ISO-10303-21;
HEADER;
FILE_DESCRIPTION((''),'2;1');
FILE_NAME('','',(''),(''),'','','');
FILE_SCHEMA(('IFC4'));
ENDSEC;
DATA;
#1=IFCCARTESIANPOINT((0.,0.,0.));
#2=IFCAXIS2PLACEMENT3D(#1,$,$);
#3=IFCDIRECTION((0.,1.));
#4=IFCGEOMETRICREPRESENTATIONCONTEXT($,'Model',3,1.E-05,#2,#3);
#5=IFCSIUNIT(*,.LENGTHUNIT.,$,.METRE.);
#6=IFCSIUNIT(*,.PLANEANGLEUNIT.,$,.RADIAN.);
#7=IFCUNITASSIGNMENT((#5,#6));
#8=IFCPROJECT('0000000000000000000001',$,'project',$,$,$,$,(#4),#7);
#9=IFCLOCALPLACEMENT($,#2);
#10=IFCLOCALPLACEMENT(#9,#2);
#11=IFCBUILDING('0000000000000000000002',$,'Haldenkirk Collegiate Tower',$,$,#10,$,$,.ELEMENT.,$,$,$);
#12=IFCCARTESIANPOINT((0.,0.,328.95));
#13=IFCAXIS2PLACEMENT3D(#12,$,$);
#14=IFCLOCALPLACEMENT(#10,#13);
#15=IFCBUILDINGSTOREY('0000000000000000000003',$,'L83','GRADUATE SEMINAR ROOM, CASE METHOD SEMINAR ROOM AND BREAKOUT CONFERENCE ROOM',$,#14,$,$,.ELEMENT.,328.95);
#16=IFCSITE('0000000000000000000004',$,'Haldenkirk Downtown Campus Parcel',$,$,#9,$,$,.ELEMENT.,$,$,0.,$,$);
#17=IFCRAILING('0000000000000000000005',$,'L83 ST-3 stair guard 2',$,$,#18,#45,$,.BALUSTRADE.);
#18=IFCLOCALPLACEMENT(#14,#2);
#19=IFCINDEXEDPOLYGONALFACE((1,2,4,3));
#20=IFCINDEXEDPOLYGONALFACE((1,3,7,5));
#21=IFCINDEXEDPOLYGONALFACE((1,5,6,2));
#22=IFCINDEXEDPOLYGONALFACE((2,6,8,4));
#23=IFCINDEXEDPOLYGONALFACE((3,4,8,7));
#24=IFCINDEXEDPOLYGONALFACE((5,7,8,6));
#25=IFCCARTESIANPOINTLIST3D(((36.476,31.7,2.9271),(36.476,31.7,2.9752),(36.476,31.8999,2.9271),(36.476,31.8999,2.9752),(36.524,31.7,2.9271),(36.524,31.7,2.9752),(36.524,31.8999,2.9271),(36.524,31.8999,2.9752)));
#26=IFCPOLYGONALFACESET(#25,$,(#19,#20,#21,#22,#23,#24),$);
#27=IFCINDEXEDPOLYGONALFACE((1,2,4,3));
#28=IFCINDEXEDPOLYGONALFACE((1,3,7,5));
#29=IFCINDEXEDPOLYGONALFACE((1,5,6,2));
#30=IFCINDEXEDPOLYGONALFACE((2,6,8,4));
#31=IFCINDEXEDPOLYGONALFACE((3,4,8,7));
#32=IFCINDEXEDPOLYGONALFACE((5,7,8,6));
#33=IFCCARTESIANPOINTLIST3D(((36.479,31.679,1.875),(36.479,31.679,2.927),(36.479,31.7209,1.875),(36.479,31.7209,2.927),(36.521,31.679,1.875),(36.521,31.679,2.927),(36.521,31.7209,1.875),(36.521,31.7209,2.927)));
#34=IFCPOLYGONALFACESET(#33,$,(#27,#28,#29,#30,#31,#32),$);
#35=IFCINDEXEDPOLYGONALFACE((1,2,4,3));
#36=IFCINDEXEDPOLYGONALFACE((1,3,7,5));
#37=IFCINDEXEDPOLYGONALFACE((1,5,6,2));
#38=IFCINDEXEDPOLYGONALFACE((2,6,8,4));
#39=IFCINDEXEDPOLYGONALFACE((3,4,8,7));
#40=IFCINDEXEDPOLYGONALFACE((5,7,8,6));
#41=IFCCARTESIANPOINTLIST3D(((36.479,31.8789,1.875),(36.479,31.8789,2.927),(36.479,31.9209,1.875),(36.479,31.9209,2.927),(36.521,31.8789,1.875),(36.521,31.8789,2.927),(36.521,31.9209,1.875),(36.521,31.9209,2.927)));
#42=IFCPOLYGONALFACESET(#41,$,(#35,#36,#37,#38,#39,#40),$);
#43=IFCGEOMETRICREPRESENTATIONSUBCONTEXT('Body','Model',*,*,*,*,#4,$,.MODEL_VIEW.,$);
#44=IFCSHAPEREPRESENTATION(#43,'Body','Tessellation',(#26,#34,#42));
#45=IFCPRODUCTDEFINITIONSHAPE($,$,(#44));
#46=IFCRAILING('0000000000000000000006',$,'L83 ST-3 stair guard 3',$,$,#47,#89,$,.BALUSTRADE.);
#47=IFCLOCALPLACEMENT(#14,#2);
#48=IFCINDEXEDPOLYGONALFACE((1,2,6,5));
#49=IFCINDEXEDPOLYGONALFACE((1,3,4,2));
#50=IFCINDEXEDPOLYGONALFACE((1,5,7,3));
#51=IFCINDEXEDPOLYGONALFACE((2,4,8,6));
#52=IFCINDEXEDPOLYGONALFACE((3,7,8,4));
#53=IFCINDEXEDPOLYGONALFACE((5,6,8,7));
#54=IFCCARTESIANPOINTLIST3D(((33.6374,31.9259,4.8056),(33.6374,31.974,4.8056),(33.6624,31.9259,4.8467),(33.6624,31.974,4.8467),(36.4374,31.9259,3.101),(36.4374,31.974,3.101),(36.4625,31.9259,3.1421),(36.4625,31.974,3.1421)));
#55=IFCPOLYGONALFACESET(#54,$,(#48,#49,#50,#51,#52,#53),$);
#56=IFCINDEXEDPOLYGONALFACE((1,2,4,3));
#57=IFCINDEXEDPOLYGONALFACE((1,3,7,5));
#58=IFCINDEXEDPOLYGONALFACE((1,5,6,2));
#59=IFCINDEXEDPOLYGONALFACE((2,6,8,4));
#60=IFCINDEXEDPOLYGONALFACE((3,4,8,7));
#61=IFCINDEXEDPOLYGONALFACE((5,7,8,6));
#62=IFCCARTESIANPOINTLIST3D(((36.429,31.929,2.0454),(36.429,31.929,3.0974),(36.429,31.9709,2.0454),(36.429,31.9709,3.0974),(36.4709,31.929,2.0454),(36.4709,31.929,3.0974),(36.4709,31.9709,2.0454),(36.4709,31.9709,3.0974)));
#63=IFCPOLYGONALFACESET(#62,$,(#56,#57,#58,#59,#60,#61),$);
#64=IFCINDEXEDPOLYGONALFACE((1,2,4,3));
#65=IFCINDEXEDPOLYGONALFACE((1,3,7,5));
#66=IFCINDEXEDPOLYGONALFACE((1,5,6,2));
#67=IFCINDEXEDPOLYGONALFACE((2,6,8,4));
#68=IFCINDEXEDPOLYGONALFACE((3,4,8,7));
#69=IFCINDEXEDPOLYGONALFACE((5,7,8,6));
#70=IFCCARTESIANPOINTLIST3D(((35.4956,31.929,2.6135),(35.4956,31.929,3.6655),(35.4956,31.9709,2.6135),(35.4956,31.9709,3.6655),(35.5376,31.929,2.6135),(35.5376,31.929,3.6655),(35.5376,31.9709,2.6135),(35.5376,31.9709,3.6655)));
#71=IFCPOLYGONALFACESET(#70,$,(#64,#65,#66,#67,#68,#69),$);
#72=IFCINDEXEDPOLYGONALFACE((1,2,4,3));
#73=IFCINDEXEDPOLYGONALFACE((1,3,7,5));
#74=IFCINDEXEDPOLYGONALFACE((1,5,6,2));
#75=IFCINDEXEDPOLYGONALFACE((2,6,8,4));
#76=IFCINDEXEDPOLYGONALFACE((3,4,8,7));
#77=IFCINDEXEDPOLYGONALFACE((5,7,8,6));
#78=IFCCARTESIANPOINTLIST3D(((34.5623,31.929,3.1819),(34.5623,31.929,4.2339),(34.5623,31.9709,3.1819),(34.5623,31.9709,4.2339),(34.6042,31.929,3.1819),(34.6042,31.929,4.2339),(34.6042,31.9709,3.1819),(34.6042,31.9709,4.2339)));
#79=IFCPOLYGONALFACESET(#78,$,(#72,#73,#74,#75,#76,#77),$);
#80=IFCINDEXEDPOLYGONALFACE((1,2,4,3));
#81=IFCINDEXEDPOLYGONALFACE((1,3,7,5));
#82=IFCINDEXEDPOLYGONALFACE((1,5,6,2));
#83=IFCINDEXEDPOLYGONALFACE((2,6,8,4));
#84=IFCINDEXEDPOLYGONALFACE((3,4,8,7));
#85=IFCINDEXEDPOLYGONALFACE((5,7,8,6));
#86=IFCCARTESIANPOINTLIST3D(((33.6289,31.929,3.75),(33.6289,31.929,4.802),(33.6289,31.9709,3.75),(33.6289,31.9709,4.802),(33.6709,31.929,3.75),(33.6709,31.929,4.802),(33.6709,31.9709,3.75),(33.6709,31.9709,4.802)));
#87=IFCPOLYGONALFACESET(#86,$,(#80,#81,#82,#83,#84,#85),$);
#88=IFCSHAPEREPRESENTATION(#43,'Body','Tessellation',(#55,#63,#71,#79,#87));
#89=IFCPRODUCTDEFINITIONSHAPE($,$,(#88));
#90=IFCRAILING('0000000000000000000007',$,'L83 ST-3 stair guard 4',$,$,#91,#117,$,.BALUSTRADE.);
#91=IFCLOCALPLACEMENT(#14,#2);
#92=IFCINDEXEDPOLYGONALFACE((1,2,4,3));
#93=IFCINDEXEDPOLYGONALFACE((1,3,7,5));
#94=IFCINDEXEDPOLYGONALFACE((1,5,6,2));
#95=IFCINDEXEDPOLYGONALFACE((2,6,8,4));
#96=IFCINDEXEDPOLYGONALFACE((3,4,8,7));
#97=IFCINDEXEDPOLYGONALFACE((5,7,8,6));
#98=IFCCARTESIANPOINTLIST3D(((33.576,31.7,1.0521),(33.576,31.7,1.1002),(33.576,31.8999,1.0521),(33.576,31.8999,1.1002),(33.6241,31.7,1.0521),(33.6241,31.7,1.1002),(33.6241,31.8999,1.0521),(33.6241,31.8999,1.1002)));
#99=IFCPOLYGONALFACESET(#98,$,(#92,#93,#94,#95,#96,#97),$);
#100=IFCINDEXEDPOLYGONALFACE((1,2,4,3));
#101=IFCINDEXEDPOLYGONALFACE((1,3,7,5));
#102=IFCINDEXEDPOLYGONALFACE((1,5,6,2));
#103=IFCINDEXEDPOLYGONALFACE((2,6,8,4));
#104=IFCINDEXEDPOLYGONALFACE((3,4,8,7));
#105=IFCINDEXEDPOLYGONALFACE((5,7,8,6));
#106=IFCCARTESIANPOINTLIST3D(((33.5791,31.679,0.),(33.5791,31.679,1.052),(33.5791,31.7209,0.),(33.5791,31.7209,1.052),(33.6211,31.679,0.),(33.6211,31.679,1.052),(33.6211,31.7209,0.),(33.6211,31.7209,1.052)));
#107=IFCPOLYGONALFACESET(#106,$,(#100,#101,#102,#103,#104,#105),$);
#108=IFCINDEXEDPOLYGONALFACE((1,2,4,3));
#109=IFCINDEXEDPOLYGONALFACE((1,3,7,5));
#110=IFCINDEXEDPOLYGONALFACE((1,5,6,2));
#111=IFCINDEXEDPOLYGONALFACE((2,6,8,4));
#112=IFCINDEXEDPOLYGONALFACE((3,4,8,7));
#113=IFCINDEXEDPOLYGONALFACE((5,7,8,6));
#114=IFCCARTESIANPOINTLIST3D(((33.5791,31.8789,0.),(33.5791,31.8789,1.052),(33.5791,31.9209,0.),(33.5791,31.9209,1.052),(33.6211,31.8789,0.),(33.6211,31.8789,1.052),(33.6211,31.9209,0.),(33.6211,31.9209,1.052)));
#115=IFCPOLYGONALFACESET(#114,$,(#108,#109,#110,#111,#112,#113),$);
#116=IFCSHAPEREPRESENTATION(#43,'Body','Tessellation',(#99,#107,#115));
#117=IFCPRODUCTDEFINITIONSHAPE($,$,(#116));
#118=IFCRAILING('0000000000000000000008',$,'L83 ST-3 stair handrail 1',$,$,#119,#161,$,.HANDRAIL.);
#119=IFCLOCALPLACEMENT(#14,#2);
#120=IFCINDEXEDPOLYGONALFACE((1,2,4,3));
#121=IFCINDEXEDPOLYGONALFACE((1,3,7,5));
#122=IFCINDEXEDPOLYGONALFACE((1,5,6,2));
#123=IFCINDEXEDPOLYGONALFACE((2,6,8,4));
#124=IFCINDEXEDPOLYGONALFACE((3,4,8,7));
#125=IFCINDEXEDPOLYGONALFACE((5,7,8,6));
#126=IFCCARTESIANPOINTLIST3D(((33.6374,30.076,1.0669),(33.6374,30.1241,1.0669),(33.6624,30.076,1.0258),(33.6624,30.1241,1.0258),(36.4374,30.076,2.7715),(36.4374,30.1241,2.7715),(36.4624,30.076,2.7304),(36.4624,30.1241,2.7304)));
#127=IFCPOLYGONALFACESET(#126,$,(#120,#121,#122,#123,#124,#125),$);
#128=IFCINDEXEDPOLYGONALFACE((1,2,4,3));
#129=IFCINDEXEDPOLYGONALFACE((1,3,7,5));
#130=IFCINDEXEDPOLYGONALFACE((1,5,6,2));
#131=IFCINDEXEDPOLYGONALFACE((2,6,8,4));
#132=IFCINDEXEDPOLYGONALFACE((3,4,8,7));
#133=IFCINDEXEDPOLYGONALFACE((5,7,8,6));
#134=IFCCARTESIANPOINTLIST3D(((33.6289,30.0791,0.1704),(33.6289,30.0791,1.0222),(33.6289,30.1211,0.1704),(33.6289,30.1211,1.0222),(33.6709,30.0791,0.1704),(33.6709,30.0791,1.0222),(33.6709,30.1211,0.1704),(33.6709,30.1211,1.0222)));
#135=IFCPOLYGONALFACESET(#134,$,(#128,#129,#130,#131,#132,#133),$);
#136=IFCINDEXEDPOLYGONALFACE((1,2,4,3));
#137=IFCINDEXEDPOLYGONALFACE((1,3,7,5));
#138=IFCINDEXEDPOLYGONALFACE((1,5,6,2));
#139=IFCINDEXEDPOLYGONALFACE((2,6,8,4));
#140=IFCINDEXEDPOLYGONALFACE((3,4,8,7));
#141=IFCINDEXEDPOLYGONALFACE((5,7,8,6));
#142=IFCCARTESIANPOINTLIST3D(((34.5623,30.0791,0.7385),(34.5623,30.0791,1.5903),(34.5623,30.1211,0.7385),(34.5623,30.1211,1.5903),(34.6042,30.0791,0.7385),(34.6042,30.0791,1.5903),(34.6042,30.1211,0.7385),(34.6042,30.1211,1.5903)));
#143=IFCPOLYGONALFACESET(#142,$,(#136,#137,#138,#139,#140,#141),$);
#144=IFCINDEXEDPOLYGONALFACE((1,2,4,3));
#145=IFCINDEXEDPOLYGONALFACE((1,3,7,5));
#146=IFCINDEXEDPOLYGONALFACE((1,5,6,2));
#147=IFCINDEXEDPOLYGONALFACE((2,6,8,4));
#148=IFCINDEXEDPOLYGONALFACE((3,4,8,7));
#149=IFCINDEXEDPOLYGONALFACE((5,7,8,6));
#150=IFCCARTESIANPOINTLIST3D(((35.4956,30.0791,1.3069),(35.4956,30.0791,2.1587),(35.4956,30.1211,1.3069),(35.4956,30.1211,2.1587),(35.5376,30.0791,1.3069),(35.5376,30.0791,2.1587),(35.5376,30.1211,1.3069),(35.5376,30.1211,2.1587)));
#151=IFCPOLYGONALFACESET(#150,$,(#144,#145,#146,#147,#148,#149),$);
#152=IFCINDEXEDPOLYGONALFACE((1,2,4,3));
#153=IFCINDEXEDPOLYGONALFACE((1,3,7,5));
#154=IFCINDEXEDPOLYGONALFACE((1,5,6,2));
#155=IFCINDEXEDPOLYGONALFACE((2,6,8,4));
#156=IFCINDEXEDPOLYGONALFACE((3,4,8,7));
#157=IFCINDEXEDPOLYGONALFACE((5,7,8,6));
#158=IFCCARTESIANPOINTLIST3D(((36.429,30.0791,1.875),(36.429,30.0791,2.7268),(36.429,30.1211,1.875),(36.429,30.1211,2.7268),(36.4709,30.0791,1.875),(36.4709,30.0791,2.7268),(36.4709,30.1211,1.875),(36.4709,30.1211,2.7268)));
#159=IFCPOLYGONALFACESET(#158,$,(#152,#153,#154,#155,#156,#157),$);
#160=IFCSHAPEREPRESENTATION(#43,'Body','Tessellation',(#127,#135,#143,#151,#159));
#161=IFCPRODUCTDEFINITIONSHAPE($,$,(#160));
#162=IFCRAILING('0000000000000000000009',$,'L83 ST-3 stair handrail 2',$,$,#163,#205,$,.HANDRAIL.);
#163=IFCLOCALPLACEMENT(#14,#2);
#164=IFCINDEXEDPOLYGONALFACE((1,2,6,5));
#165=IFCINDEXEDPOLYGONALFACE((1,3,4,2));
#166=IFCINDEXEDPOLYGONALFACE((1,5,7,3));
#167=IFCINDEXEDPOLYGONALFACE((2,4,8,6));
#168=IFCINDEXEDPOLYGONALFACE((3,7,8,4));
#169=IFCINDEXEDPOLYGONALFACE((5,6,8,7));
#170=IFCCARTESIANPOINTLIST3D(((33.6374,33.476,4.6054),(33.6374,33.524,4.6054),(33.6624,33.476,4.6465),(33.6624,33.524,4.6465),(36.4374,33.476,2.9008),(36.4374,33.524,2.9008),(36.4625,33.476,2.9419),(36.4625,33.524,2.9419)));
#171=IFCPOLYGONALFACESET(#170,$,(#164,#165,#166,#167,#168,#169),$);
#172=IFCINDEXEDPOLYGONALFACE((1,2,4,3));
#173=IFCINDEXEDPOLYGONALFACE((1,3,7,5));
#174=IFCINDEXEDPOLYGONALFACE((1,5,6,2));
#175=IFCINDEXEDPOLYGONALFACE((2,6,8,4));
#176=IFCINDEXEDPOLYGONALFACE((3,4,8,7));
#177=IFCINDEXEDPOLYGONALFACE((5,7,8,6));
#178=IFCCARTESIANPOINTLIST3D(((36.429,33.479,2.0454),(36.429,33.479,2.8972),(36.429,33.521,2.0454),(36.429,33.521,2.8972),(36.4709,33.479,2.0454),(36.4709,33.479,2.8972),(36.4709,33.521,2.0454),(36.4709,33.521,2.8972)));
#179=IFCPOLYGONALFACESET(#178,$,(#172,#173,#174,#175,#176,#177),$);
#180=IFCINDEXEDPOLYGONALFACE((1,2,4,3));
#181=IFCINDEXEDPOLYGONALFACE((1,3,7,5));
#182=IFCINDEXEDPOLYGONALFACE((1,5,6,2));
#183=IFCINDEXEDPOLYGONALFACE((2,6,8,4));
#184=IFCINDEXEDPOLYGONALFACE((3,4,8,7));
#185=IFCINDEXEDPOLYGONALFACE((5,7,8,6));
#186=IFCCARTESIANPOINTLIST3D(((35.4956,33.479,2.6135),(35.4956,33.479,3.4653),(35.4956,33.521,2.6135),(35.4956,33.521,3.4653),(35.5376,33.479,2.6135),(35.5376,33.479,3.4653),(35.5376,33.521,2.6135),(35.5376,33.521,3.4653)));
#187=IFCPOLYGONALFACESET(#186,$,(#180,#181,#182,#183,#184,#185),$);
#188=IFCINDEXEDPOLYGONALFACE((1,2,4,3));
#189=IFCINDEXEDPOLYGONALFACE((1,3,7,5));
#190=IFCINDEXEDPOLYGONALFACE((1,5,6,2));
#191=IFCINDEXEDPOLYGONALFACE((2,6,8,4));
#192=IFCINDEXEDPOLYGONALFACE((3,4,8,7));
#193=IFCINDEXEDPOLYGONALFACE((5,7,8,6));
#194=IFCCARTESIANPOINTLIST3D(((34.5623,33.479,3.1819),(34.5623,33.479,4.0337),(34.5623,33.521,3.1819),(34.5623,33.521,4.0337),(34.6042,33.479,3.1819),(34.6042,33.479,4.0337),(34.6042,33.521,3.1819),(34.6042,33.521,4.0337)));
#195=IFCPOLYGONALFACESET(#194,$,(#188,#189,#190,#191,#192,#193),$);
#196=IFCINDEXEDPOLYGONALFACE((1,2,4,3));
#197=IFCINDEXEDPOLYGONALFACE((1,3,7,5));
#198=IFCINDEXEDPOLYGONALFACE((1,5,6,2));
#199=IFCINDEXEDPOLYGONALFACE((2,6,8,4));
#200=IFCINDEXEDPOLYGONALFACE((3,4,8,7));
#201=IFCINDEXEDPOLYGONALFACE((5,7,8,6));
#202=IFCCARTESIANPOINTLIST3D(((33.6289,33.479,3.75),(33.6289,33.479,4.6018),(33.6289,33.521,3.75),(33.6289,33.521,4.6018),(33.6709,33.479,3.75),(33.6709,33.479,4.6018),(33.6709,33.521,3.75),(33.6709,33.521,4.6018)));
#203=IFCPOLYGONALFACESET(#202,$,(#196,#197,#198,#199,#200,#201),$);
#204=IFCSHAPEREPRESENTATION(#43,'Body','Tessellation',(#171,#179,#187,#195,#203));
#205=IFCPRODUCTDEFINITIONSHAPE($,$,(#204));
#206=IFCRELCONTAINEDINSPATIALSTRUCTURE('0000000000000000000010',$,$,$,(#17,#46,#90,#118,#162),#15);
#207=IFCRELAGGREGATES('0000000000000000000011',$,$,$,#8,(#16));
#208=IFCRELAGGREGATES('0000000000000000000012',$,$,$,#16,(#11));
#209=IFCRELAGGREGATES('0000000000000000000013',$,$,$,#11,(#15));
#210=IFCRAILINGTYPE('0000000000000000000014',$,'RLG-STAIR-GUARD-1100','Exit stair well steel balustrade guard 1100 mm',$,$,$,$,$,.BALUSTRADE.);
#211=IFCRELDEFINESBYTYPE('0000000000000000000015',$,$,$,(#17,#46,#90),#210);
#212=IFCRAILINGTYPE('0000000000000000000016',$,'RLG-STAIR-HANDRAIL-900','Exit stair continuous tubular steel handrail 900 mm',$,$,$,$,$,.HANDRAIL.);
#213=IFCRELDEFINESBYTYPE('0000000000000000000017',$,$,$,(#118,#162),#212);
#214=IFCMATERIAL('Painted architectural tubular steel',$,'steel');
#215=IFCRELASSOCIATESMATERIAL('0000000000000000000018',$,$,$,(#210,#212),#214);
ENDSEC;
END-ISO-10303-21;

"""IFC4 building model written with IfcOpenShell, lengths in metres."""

from ifc_helpers import new_model, si_unit, direction, frame, origin, origin_2d, place, context, subcontext, project, spatial, rectangle, extrude, material, type_object, element, save


model = new_model("IFC4")

# Units and contexts
model_context = context("Model", 3, precision=1e-05, world=origin(), true_north=direction((0.0, 1.0)))
body_context = subcontext(model_context, "Body", "Model", "MODEL_VIEW")
ifc_project = project(units=[si_unit("LENGTHUNIT", "METRE"), si_unit("PLANEANGLEUNIT", "RADIAN")], contexts=[model_context])

# Site, building, storey
site_placement = place(None, origin())
site = spatial("IfcSite", under=ifc_project, at=site_placement, Name="Haldenkirk Downtown Campus Parcel", CompositionType="ELEMENT", RefElevation=0.0)
building_placement = place(site_placement, origin())
building = spatial("IfcBuilding", under=site, at=building_placement, Name="Haldenkirk Collegiate Tower", CompositionType="ELEMENT")
storey_placement = place(building_placement, frame((0.0, 0.0, 328.95)))
storey = spatial("IfcBuildingStorey", under=building, at=storey_placement, Name="L83", Description="GRADUATE SEMINAR ROOM, CASE METHOD SEMINAR ROOM AND BREAKOUT CONFERENCE ROOM", CompositionType="ELEMENT", Elevation=328.95)

# Railings
ifc_material_1 = material(Name="Painted architectural tubular steel", Category="steel")
railing_type_1 = type_object("IfcRailingType", Name="RLG-STAIR-GUARD-1100", Description="Exit stair well steel balustrade guard 1100 mm", PredefinedType="BALUSTRADE", material=ifc_material_1)
railing_1_placement = place(storey_placement, frame((36.5, 31.7, 1.875)))
element("IfcRailing", 1, at=railing_1_placement, inside=storey, type_object=railing_type_1, Name="L83 ST-3 stair guard 2", PredefinedType="BALUSTRADE", context=body_context, shape_type="SweptSolid", body=[
    extrude(rectangle(XDim=0.0481, YDim=0.0481, at=origin_2d()), frame((0.0, 0.0, 1.0762), z_axis=(0.0, 1.0, 0.0), x_axis=(-1.0, 0.0, 0.0)), (0.0, 0.0, 1.0), 0.2),
    extrude(rectangle(XDim=0.042, YDim=0.042, at=origin_2d()), origin(), (0.0, 0.0, 1.0), 1.052),
    extrude(rectangle(XDim=0.042, YDim=0.042, at=origin_2d()), frame((0.0, 0.2, 0.0)), (0.0, 0.0, 1.0), 1.052),
])
railing_2_placement = place(storey_placement, frame((36.45, 31.95, 2.0454)))
element("IfcRailing", 2, at=railing_2_placement, inside=storey, type_object=railing_type_1, Name="L83 ST-3 stair guard 3", PredefinedType="BALUSTRADE", context=body_context, shape_type="SweptSolid", body=[
    extrude(rectangle(XDim=0.0481, YDim=0.0481, at=origin_2d()), frame((0.0, 0.0, 1.0762), z_axis=(-0.85417, 0.0, 0.519994), x_axis=(0.0, -1.0, 0.0)), (0.0, 0.0, 1.0), 3.2781),
    extrude(rectangle(XDim=0.042, YDim=0.042, at=origin_2d()), origin(), (0.0, 0.0, 1.0), 1.052),
    extrude(rectangle(XDim=0.042, YDim=0.042, at=origin_2d()), frame((-0.9333, 0.0, 0.5681)), (0.0, 0.0, 1.0), 1.052),
    extrude(rectangle(XDim=0.042, YDim=0.042, at=origin_2d()), frame((-1.8667, 0.0, 1.1365)), (0.0, 0.0, 1.0), 1.052),
    extrude(rectangle(XDim=0.042, YDim=0.042, at=origin_2d()), frame((-2.8, 0.0, 1.7046)), (0.0, 0.0, 1.0), 1.052),
])
railing_3_placement = place(storey_placement, frame((33.6001, 31.7, 0.0)))
element("IfcRailing", 3, at=railing_3_placement, inside=storey, type_object=railing_type_1, Name="L83 ST-3 stair guard 4", PredefinedType="BALUSTRADE", context=body_context, shape_type="SweptSolid", body=[
    extrude(rectangle(XDim=0.0481, YDim=0.0481, at=origin_2d()), frame((0.0, 0.0, 1.0762), z_axis=(0.0, 1.0, 0.0), x_axis=(-1.0, 0.0, 0.0)), (0.0, 0.0, 1.0), 0.2),
    extrude(rectangle(XDim=0.042, YDim=0.042, at=origin_2d()), origin(), (0.0, 0.0, 1.0), 1.052),
    extrude(rectangle(XDim=0.042, YDim=0.042, at=origin_2d()), frame((0.0, 0.2, 0.0)), (0.0, 0.0, 1.0), 1.052),
])
railing_type_2 = type_object("IfcRailingType", Name="RLG-STAIR-HANDRAIL-900", Description="Exit stair continuous tubular steel handrail 900 mm", PredefinedType="HANDRAIL", material=ifc_material_1)
railing_4_placement = place(storey_placement, frame((33.6499, 30.1001, 0.1704)))
element("IfcRailing", 4, at=railing_4_placement, inside=storey, type_object=railing_type_2, Name="L83 ST-3 stair handrail 1", PredefinedType="HANDRAIL", context=body_context, shape_type="SweptSolid", body=[
    extrude(rectangle(XDim=0.0481, YDim=0.0481, at=origin_2d()), frame((0.0, 0.0, 0.876), z_axis=(0.85417, 0.0, 0.519994), x_axis=(0.0, 1.0, 0.0)), (0.0, 0.0, 1.0), 3.2781),
    extrude(rectangle(XDim=0.042, YDim=0.042, at=origin_2d()), origin(), (0.0, 0.0, 1.0), 0.8518),
    extrude(rectangle(XDim=0.042, YDim=0.042, at=origin_2d()), frame((0.9333, 0.0, 0.5681)), (0.0, 0.0, 1.0), 0.8518),
    extrude(rectangle(XDim=0.042, YDim=0.042, at=origin_2d()), frame((1.8667, 0.0, 1.1365)), (0.0, 0.0, 1.0), 0.8518),
    extrude(rectangle(XDim=0.042, YDim=0.042, at=origin_2d()), frame((2.8, 0.0, 1.7046)), (0.0, 0.0, 1.0), 0.8518),
])
railing_5_placement = place(storey_placement, frame((36.45, 33.5, 2.0454)))
element("IfcRailing", 5, at=railing_5_placement, inside=storey, type_object=railing_type_2, Name="L83 ST-3 stair handrail 2", PredefinedType="HANDRAIL", context=body_context, shape_type="SweptSolid", body=[
    extrude(rectangle(XDim=0.0481, YDim=0.0481, at=origin_2d()), frame((0.0, 0.0, 0.876), z_axis=(-0.85417, 0.0, 0.519994), x_axis=(0.0, -1.0, 0.0)), (0.0, 0.0, 1.0), 3.2781),
    extrude(rectangle(XDim=0.042, YDim=0.042, at=origin_2d()), origin(), (0.0, 0.0, 1.0), 0.8518),
    extrude(rectangle(XDim=0.042, YDim=0.042, at=origin_2d()), frame((-0.9333, 0.0, 0.5681)), (0.0, 0.0, 1.0), 0.8518),
    extrude(rectangle(XDim=0.042, YDim=0.042, at=origin_2d()), frame((-1.8667, 0.0, 1.1365)), (0.0, 0.0, 1.0), 0.8518),
    extrude(rectangle(XDim=0.042, YDim=0.042, at=origin_2d()), frame((-2.8, 0.0, 1.7046)), (0.0, 0.0, 1.0), 0.8518),
])

save(model, "model.ifc")
